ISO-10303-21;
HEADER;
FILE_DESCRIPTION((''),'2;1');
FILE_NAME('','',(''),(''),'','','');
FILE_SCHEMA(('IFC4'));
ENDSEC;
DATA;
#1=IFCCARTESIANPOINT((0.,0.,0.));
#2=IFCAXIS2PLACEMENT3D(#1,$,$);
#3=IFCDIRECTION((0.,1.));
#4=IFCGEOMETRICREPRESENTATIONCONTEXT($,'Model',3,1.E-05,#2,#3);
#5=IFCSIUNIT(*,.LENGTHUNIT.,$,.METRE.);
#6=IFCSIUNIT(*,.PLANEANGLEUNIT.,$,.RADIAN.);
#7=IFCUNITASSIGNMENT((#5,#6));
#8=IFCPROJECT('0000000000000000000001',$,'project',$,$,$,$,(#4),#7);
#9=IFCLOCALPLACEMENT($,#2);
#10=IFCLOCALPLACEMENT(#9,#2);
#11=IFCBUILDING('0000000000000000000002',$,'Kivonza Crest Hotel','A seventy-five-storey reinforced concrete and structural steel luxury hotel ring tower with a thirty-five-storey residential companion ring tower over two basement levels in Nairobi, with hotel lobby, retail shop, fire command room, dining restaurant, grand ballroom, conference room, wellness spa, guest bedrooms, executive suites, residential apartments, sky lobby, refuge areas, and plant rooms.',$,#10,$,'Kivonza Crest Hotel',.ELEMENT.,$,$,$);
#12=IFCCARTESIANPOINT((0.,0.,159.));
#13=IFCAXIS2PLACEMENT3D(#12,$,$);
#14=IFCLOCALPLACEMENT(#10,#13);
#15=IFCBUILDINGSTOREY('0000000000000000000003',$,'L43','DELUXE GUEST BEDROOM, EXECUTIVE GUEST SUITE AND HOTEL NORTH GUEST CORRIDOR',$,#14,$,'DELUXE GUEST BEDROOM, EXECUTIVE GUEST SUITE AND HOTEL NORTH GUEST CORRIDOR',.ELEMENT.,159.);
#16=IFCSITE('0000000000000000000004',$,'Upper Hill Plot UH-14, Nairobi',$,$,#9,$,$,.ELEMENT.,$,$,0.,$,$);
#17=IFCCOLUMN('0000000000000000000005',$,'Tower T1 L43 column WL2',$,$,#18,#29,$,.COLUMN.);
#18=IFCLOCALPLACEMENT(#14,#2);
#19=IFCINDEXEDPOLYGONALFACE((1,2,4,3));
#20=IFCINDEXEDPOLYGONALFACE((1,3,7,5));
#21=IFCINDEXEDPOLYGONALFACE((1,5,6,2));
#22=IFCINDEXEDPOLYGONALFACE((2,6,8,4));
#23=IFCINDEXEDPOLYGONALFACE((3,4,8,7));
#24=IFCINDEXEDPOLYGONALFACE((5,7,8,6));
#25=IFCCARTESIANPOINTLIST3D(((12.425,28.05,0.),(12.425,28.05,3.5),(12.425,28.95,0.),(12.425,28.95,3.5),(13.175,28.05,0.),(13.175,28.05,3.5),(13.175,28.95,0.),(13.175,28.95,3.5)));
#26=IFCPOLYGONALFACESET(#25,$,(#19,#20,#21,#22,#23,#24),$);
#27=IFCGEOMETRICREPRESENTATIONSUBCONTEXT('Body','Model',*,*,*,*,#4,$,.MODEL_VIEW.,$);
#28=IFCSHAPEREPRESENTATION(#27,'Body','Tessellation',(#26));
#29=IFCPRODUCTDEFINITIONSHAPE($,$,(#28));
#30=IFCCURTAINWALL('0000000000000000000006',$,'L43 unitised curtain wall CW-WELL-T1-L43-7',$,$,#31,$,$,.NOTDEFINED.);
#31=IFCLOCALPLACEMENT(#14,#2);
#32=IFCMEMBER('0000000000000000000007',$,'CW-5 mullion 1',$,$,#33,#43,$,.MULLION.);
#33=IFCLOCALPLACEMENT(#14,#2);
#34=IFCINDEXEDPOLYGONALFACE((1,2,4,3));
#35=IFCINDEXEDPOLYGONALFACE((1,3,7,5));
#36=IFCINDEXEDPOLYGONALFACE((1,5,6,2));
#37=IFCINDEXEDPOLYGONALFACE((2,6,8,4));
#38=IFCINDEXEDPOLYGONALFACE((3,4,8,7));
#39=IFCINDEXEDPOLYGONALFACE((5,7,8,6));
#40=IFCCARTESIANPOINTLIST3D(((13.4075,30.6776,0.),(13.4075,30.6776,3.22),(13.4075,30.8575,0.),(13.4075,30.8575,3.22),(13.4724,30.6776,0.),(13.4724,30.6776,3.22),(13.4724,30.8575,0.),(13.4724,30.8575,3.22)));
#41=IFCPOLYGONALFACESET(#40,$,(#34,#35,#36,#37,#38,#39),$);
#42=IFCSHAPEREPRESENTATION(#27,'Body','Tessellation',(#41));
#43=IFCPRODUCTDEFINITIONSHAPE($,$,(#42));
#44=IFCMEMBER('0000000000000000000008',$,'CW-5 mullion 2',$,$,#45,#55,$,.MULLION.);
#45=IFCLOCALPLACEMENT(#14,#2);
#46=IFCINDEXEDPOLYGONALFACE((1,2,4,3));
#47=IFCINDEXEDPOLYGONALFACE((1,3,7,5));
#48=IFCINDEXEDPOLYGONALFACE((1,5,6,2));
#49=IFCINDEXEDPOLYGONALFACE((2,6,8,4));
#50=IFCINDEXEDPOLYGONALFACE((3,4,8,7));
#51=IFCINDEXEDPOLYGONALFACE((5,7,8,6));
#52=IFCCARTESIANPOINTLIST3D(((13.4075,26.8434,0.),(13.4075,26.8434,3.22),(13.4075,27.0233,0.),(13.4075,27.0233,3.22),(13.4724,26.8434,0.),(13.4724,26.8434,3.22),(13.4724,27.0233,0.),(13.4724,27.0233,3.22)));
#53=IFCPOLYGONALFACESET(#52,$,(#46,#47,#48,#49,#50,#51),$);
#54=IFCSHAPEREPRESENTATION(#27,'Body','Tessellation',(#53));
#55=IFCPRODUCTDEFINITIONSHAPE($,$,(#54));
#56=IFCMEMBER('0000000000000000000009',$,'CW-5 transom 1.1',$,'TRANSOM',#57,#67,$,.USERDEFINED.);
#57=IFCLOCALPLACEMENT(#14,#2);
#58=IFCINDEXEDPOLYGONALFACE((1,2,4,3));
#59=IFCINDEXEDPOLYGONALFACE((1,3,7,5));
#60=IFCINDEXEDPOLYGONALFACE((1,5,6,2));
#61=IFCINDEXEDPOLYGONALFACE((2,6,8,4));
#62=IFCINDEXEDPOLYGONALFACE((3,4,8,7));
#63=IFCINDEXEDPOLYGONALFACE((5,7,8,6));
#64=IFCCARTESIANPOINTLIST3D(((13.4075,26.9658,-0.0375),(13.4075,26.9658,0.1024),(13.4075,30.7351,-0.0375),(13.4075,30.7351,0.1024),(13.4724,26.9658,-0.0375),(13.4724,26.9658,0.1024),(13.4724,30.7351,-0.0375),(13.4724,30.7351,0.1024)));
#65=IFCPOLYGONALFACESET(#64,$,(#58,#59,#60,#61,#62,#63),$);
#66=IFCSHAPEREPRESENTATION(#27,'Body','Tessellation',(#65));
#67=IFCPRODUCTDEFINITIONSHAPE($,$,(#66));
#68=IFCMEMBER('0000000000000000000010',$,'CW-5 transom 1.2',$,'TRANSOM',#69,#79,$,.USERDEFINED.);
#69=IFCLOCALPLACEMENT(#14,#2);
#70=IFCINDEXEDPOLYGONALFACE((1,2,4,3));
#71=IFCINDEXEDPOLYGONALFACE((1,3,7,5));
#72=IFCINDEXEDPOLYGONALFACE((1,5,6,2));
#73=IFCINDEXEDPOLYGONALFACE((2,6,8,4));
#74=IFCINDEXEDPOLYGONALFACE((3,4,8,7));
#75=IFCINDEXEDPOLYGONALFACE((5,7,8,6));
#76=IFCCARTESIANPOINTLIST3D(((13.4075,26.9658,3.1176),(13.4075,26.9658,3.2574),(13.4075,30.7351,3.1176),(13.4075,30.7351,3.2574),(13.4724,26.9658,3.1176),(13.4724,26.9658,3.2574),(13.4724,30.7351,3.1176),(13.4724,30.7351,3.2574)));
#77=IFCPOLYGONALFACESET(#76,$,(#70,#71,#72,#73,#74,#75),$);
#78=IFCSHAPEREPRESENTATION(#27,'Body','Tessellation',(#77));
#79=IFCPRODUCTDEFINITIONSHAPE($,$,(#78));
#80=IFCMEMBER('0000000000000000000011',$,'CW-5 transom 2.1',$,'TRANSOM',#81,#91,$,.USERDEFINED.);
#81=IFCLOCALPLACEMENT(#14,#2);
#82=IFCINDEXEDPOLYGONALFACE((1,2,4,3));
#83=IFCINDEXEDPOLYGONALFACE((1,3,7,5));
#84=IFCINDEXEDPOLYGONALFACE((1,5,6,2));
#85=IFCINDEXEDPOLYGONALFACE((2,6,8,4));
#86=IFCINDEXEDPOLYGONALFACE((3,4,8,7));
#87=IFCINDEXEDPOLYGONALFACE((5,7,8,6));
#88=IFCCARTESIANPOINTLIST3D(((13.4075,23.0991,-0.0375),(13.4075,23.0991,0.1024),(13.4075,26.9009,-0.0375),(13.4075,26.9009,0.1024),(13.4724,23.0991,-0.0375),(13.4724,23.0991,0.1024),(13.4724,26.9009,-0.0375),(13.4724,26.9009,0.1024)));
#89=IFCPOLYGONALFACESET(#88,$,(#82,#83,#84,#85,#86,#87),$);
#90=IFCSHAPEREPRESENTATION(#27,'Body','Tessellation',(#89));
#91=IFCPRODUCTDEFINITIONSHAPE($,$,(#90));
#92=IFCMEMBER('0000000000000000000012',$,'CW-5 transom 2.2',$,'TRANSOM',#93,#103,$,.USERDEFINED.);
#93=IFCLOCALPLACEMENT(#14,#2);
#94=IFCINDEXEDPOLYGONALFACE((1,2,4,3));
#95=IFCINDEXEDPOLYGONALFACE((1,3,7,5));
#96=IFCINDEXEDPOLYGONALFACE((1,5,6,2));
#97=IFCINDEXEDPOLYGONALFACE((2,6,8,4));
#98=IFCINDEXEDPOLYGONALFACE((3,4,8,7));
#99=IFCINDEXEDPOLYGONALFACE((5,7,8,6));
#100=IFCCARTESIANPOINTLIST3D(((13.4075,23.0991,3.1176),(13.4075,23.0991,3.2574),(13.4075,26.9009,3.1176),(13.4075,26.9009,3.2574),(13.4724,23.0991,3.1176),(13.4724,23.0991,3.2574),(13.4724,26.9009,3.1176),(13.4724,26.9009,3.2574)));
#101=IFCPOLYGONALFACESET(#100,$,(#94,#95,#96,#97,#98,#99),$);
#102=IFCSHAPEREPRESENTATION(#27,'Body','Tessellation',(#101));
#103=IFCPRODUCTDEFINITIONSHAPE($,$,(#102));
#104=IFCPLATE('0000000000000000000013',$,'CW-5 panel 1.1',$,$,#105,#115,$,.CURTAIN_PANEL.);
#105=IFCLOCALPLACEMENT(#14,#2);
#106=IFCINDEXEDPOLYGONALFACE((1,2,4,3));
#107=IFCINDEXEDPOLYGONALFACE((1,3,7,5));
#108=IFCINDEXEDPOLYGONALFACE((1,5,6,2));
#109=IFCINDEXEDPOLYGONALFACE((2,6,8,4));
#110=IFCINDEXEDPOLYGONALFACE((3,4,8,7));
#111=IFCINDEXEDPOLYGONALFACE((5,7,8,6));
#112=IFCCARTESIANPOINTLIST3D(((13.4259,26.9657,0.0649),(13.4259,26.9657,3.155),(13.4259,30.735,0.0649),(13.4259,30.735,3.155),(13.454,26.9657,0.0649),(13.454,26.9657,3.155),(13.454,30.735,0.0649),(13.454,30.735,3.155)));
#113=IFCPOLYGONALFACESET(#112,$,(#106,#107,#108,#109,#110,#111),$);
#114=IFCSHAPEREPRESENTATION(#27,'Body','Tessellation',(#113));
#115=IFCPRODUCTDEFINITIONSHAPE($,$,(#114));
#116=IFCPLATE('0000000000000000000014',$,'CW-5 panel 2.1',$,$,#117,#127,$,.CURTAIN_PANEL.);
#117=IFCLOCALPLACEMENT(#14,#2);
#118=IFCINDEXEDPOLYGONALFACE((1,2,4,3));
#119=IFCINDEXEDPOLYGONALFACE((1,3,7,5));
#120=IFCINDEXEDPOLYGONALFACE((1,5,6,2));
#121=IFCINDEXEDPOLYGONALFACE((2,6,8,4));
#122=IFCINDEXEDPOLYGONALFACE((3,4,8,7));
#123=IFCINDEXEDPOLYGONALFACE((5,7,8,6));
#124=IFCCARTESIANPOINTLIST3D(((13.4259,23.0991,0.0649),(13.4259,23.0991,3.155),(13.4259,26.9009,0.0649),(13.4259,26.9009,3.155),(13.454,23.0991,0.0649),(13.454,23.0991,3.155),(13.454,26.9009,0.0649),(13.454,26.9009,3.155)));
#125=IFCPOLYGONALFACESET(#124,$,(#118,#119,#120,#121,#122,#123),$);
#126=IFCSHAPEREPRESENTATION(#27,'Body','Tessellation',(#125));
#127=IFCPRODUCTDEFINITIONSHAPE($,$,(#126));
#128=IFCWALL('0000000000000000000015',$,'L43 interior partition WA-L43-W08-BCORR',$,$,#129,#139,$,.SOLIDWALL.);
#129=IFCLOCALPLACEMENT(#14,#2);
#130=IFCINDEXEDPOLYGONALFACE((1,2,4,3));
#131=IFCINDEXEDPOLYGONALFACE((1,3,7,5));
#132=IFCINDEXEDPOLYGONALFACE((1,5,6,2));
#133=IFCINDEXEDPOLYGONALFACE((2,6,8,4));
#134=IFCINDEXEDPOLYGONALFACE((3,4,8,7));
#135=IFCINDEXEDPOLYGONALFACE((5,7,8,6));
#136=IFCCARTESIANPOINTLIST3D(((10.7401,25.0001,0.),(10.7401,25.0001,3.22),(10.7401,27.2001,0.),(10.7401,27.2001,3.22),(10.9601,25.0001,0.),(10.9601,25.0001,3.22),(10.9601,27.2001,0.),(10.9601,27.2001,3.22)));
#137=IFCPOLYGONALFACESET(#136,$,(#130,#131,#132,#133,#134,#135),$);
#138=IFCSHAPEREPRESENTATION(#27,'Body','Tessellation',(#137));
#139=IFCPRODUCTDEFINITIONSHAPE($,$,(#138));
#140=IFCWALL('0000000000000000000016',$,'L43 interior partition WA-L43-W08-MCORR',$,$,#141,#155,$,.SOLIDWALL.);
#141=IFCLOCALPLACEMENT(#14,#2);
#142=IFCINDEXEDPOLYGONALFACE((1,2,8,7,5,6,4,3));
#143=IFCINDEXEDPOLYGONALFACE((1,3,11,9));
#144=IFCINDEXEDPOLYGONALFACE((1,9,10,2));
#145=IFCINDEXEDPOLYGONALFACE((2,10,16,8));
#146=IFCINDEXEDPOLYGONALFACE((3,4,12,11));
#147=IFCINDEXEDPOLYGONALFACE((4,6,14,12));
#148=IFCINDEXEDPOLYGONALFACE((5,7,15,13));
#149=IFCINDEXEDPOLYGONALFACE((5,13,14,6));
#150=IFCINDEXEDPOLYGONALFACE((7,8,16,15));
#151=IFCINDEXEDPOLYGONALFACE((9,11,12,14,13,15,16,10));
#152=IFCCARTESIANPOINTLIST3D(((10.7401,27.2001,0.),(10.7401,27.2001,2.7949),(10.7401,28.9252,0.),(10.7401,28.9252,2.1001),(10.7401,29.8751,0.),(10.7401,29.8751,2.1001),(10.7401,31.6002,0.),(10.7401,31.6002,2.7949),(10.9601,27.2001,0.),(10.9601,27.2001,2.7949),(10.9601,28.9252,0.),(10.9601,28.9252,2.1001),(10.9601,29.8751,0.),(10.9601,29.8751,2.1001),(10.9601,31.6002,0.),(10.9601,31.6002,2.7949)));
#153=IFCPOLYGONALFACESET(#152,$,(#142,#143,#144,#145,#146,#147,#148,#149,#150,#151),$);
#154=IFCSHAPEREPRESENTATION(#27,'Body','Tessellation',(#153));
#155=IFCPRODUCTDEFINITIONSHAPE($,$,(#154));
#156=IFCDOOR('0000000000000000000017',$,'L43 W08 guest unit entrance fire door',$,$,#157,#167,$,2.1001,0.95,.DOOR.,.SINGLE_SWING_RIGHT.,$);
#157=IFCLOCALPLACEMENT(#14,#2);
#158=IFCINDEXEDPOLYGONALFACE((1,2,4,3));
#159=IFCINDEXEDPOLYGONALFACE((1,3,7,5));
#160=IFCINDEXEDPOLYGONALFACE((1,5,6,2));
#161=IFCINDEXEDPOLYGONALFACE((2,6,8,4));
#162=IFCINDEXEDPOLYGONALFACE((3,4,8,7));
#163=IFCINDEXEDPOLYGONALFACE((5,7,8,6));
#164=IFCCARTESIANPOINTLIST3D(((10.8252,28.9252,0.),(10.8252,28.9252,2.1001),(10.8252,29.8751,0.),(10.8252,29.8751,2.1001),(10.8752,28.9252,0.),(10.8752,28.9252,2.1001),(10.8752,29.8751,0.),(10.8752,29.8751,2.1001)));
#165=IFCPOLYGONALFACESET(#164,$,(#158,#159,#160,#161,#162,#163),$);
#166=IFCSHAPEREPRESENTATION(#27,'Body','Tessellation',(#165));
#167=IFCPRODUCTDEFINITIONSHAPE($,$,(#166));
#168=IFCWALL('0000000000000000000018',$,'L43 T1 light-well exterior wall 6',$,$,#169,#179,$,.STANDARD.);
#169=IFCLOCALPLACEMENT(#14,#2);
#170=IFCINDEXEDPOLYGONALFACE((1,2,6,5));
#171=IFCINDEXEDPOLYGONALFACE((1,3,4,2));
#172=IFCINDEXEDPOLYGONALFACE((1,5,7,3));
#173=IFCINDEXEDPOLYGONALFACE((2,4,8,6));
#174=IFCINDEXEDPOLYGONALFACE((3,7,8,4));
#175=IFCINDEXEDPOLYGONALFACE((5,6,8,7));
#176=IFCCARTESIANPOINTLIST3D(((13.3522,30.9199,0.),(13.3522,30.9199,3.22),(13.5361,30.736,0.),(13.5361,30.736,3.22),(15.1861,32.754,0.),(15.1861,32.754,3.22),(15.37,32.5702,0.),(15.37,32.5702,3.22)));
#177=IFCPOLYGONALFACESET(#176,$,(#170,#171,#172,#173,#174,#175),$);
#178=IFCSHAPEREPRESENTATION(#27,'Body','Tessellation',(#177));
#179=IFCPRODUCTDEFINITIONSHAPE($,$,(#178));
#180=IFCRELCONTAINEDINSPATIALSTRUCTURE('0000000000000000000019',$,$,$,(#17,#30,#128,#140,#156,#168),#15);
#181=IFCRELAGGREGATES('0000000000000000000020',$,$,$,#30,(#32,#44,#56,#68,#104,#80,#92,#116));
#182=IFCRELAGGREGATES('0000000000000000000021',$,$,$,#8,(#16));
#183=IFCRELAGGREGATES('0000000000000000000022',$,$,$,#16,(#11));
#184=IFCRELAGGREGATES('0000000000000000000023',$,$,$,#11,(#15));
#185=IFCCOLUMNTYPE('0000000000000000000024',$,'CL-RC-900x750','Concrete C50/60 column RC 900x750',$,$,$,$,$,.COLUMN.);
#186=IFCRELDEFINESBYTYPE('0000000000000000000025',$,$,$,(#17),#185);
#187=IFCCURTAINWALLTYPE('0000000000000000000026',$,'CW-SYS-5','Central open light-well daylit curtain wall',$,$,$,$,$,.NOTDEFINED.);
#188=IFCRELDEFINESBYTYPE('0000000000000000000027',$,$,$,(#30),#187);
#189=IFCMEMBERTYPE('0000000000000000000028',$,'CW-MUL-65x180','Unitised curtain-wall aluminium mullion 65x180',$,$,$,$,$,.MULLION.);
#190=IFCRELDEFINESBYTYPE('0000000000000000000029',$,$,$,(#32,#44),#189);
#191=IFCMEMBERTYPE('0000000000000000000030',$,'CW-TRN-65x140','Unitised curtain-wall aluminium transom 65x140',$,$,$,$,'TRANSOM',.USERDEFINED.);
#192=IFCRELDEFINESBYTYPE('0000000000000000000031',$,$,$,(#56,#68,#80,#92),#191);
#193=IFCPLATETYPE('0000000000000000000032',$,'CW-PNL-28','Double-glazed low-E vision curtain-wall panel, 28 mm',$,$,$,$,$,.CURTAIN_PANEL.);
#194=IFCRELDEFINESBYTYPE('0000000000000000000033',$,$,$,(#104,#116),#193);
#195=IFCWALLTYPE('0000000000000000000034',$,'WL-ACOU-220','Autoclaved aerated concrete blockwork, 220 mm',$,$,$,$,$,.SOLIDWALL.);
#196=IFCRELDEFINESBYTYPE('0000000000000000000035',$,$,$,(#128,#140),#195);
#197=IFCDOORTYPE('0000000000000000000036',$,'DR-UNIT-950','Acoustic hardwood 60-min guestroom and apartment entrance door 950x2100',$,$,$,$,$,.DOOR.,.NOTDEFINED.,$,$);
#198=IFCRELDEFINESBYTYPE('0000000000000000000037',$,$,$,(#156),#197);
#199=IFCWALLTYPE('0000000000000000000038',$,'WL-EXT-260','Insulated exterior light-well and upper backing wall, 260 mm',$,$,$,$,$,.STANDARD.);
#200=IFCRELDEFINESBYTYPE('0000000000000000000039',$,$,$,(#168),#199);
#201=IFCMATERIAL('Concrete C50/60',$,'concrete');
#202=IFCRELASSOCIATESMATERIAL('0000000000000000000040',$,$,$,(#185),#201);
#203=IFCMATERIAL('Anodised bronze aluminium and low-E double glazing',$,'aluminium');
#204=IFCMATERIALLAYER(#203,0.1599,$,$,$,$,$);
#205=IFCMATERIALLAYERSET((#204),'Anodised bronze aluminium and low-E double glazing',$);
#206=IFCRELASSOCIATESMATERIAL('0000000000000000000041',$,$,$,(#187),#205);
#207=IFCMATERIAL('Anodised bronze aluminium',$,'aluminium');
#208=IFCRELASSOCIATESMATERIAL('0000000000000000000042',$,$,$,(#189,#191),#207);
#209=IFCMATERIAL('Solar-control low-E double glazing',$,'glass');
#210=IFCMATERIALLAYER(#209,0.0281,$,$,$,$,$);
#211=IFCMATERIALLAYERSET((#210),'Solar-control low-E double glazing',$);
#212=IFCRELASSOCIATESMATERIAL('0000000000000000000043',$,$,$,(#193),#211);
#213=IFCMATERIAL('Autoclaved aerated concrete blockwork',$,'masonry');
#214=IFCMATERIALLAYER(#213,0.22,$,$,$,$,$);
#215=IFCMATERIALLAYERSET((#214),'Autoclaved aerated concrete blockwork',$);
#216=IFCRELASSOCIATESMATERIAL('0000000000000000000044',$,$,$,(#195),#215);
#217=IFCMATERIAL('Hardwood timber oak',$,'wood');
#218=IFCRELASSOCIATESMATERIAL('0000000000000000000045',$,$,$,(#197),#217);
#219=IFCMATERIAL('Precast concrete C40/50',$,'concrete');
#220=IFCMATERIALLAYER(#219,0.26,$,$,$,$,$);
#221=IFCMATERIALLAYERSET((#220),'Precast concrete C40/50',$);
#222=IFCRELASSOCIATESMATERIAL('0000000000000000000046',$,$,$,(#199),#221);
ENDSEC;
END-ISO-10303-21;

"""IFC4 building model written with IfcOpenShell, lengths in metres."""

from ifc_helpers import new_model, si_unit, direction, frame, frame_2d, origin, origin_2d, place, context, subcontext, project, spatial, rectangle, extrude, material, layer, layer_set, material_profile, profile_set, type_object, element, fill, aggregate, save


model = new_model("IFC4")

# Units and contexts
model_context = context("Model", 3, precision=1e-05, world=origin(), true_north=direction((0.0, 1.0)))
body_context = subcontext(model_context, "Body", "Model", "MODEL_VIEW")
ifc_project = project(units=[si_unit("LENGTHUNIT", "METRE"), si_unit("PLANEANGLEUNIT", "RADIAN")], contexts=[model_context])

# Site, building, storey
site_placement = place(None, origin())
site = spatial("IfcSite", under=ifc_project, at=site_placement, Name="Upper Hill Plot UH-14, Nairobi", CompositionType="ELEMENT", RefElevation=0.0)
building_placement = place(site_placement, origin())
building = spatial("IfcBuilding", under=site, at=building_placement, Name="Kivonza Crest Hotel", Description="A seventy-five-storey reinforced concrete and structural steel luxury hotel ring tower with a thirty-five-storey residential companion ring tower over two basement levels in Nairobi, with hotel lobby, retail shop, fire command room, dining restaurant, grand ballroom, conference room, wellness spa, guest bedrooms, executive suites, residential apartments, sky lobby, refuge areas, and plant rooms.", LongName="Kivonza Crest Hotel", CompositionType="ELEMENT")
storey_placement = place(building_placement, frame((0.0, 0.0, 159.0)))
storey = spatial("IfcBuildingStorey", under=building, at=storey_placement, Name="L43", Description="DELUXE GUEST BEDROOM, EXECUTIVE GUEST SUITE AND HOTEL NORTH GUEST CORRIDOR", LongName="DELUXE GUEST BEDROOM, EXECUTIVE GUEST SUITE AND HOTEL NORTH GUEST CORRIDOR", CompositionType="ELEMENT", Elevation=159.0)

# Column
ifc_material_1 = material(Name="Concrete C50/60", Category="concrete")
ifc_material_profile_1 = material_profile(ifc_material_1, rectangle(XDim=0.75, YDim=0.8999, at=origin_2d()), Name="RC 900x750")
ifc_profile_set_1 = profile_set([ifc_material_profile_1], Name="Concrete C50/60")
column_type = type_object("IfcColumnType", Name="CL-RC-900x750", Description="Concrete C50/60 column RC 900x750", PredefinedType="COLUMN", material=ifc_profile_set_1)
column_placement = place(storey_placement, frame((12.8, 28.5, 0.0), z_axis=(0.0, 0.0, 1.0), x_axis=(1.0, 0.0, 0.0)))
element("IfcColumn", 1, at=column_placement, inside=storey, type_object=column_type, Name="Tower T1 L43 column WL2", PredefinedType="COLUMN", context=body_context, shape_type="SweptSolid", body=[
    extrude(rectangle(XDim=0.75, YDim=0.8999, at=origin_2d()), origin(), (0.0, 0.0, 1.0), 3.5),
])

# Curtain wall, members, plates
ifc_material_2 = material(Name="Anodised bronze aluminium and low-E double glazing", Category="aluminium")
ifc_layer_1 = layer(ifc_material_2, 0.1599)
ifc_layer_set_1 = layer_set([ifc_layer_1], Name="Anodised bronze aluminium and low-E double glazing")
curtain_wall_type = type_object("IfcCurtainWallType", Name="CW-SYS-5", Description="Central open light-well daylit curtain wall", PredefinedType="NOTDEFINED", material=ifc_layer_set_1)
curtain_wall_placement = place(storey_placement, origin())
curtain_wall = element("IfcCurtainWall", 2, at=curtain_wall_placement, inside=storey, type_object=curtain_wall_type, Name="L43 unitised curtain wall CW-WELL-T1-L43-7", PredefinedType="NOTDEFINED")
ifc_material_3 = material(Name="Anodised bronze aluminium", Category="aluminium")
ifc_material_profile_2 = material_profile(ifc_material_3, rectangle(XDim=0.0649, YDim=0.1799, at=origin_2d()), Name="CW-M 65x180")
ifc_profile_set_2 = profile_set([ifc_material_profile_2], Name="Anodised bronze aluminium")
member_type_1 = type_object("IfcMemberType", Name="CW-MUL-65x180", Description="Unitised curtain-wall aluminium mullion 65x180", PredefinedType="MULLION", material=ifc_profile_set_2)
member_1_placement = place(storey_placement, frame((13.4399, 30.7676, 0.0), z_axis=(0.0, 0.0, 1.0), x_axis=(1.0, 0.0, 0.0)))
member_1 = element("IfcMember", 3, at=member_1_placement, type_object=member_type_1, Name="CW-5 mullion 1", PredefinedType="MULLION", context=body_context, shape_type="SweptSolid", body=[
    extrude(rectangle(XDim=0.0649, YDim=0.1799, at=origin_2d()), origin(), (0.0, 0.0, 1.0), 3.22),
])
member_2_placement = place(storey_placement, frame((13.4399, 26.9333, 0.0), z_axis=(0.0, 0.0, 1.0), x_axis=(1.0, 0.0, 0.0)))
member_2 = element("IfcMember", 4, at=member_2_placement, type_object=member_type_1, Name="CW-5 mullion 2", PredefinedType="MULLION", context=body_context, shape_type="SweptSolid", body=[
    extrude(rectangle(XDim=0.0649, YDim=0.1799, at=origin_2d()), origin(), (0.0, 0.0, 1.0), 3.22),
])
ifc_material_profile_3 = material_profile(ifc_material_3, rectangle(XDim=0.0649, YDim=0.1399, at=origin_2d()), Name="CW-T 65x140")
ifc_profile_set_3 = profile_set([ifc_material_profile_3], Name="Anodised bronze aluminium")
member_type_2 = type_object("IfcMemberType", Name="CW-TRN-65x140", Description="Unitised curtain-wall aluminium transom 65x140", ElementType="TRANSOM", PredefinedType="USERDEFINED", material=ifc_profile_set_3)
member_3_placement = place(storey_placement, frame((13.4399, 30.7351, 0.0325), z_axis=(0.0, -1.0, 0.0), x_axis=(1.0, 0.0, 0.0)))
member_3 = element("IfcMember", 5, at=member_3_placement, type_object=member_type_2, Name="CW-5 transom 1.1", ObjectType="TRANSOM", PredefinedType="USERDEFINED", context=body_context, shape_type="SweptSolid", body=[
    extrude(rectangle(XDim=0.0649, YDim=0.1399, at=origin_2d()), origin(), (0.0, 0.0, 1.0), 3.7693),
])
member_4_placement = place(storey_placement, frame((13.4399, 30.7351, 3.1875), z_axis=(0.0, -1.0, 0.0), x_axis=(1.0, 0.0, 0.0)))
member_4 = element("IfcMember", 6, at=member_4_placement, type_object=member_type_2, Name="CW-5 transom 1.2", ObjectType="TRANSOM", PredefinedType="USERDEFINED", context=body_context, shape_type="SweptSolid", body=[
    extrude(rectangle(XDim=0.0649, YDim=0.1399, at=origin_2d()), origin(), (0.0, 0.0, 1.0), 3.7693),
])
member_5_placement = place(storey_placement, frame((13.4399, 26.9009, 0.0325), z_axis=(0.0, -1.0, 0.0), x_axis=(1.0, 0.0, 0.0)))
member_5 = element("IfcMember", 7, at=member_5_placement, type_object=member_type_2, Name="CW-5 transom 2.1", ObjectType="TRANSOM", PredefinedType="USERDEFINED", context=body_context, shape_type="SweptSolid", body=[
    extrude(rectangle(XDim=0.0649, YDim=0.1399, at=origin_2d()), origin(), (0.0, 0.0, 1.0), 3.8018),
])
member_6_placement = place(storey_placement, frame((13.4399, 26.9009, 3.1875), z_axis=(0.0, -1.0, 0.0), x_axis=(1.0, 0.0, 0.0)))
member_6 = element("IfcMember", 8, at=member_6_placement, type_object=member_type_2, Name="CW-5 transom 2.2", ObjectType="TRANSOM", PredefinedType="USERDEFINED", context=body_context, shape_type="SweptSolid", body=[
    extrude(rectangle(XDim=0.0649, YDim=0.1399, at=origin_2d()), origin(), (0.0, 0.0, 1.0), 3.8018),
])
ifc_material_4 = material(Name="Solar-control low-E double glazing", Category="glass")
ifc_layer_2 = layer(ifc_material_4, 0.0281)
ifc_layer_set_2 = layer_set([ifc_layer_2], Name="Solar-control low-E double glazing")
plate_type = type_object("IfcPlateType", Name="CW-PNL-28", Description="Double-glazed low-E vision curtain-wall panel, 28 mm", PredefinedType="CURTAIN_PANEL", material=ifc_layer_set_2)
plate_1_placement = place(storey_placement, frame((13.4399, 28.8503, 0.0649), z_axis=(0.0, 0.0, 1.0), x_axis=(0.0, -1.0, 0.0)))
plate_1 = element("IfcPlate", 9, at=plate_1_placement, type_object=plate_type, Name="CW-5 panel 1.1", PredefinedType="CURTAIN_PANEL", context=body_context, shape_type="SweptSolid", body=[
    extrude(rectangle(XDim=3.7693, YDim=0.0281, at=origin_2d()), origin(), (0.0, 0.0, 1.0), 3.0901),
])
plate_2_placement = place(storey_placement, frame((13.4399, 25.0, 0.0649), z_axis=(0.0, 0.0, 1.0), x_axis=(0.0, -1.0, 0.0)))
plate_2 = element("IfcPlate", 10, at=plate_2_placement, type_object=plate_type, Name="CW-5 panel 2.1", PredefinedType="CURTAIN_PANEL", context=body_context, shape_type="SweptSolid", body=[
    extrude(rectangle(XDim=3.8018, YDim=0.0281, at=origin_2d()), origin(), (0.0, 0.0, 1.0), 3.0901),
])
aggregate(curtain_wall, [member_1, member_2, member_3, member_4, plate_1, member_5, member_6, plate_2])

# Wall
ifc_material_5 = material(Name="Autoclaved aerated concrete blockwork", Category="masonry")
ifc_layer_3 = layer(ifc_material_5, 0.22)
ifc_layer_set_3 = layer_set([ifc_layer_3], Name="Autoclaved aerated concrete blockwork")
wall_type_1 = type_object("IfcWallType", Name="WL-ACOU-220", Description="Autoclaved aerated concrete blockwork, 220 mm", PredefinedType="SOLIDWALL", material=ifc_layer_set_3)
wall_1_placement = place(storey_placement, frame((10.8501, 25.0, 0.0), z_axis=(0.0, 0.0, 1.0), x_axis=(0.0, 1.0, 0.0)))
element("IfcWall", 11, at=wall_1_placement, inside=storey, type_object=wall_type_1, Name="L43 interior partition WA-L43-W08-BCORR", PredefinedType="SOLIDWALL", context=body_context, shape_type="SweptSolid", body=[
    extrude(rectangle(XDim=2.2, YDim=0.22, at=frame_2d((1.1001, 0.0))), origin(), (0.0, 0.0, 1.0), 3.22),
])

# Wall, opening, door
wall_2_placement = place(storey_placement, frame((10.8501, 27.2, 0.0), z_axis=(0.0, 0.0, 1.0), x_axis=(0.0, 1.0, 0.0)))
wall_2 = element("IfcWall", 12, at=wall_2_placement, inside=storey, type_object=wall_type_1, Name="L43 interior partition WA-L43-W08-MCORR", PredefinedType="SOLIDWALL", context=body_context, shape_type="SweptSolid", body=[
    extrude(rectangle(XDim=4.4001, YDim=0.22, at=frame_2d((2.2002, 0.0))), origin(), (0.0, 0.0, 1.0), 2.7949),
])
opening_1_placement = place(wall_2_placement, frame((1.7251, 0.0, 0.0)))
opening_1 = element("IfcOpeningElement", 13, at=opening_1_placement, cuts=wall_2, PredefinedType="OPENING", context=body_context, shape_type="SweptSolid", body=[
    extrude(rectangle(XDim=0.95, YDim=2.1001, at=frame_2d((0.4751, 1.05))), frame((0.0, 0.1201, 0.0), z_axis=(0.0, -1.0, 0.0), x_axis=(1.0, 0.0, 0.0)), (0.0, 0.0, 1.0), 0.24),
])
ifc_material_6 = material(Name="Hardwood timber oak", Category="wood")
door_type_1 = type_object("IfcDoorType", Name="DR-UNIT-950", Description="Acoustic hardwood 60-min guestroom and apartment entrance door 950x2100", OperationType="NOTDEFINED", PredefinedType="DOOR", material=ifc_material_6)
door_1_placement = place(opening_1_placement, origin())
door_1 = element("IfcDoor", 14, at=door_1_placement, inside=storey, type_object=door_type_1, Name="L43 W08 guest unit entrance fire door", OperationType="SINGLE_SWING_RIGHT", OverallHeight=2.1001, OverallWidth=0.95, PredefinedType="DOOR", context=body_context, shape_type="SweptSolid", body=[
    extrude(rectangle(XDim=0.95, YDim=2.1001, at=frame_2d((0.4751, 1.05))), frame((0.0, 0.0249, 0.0), z_axis=(0.0, -1.0, 0.0), x_axis=(1.0, 0.0, 0.0)), (0.0, 0.0, 1.0), 0.05),
])
fill(opening_1, door_1)

# Wall
ifc_material_7 = material(Name="Precast concrete C40/50", Category="concrete")
ifc_layer_4 = layer(ifc_material_7, 0.26)
ifc_layer_set_4 = layer_set([ifc_layer_4], Name="Precast concrete C40/50")
wall_type_2 = type_object("IfcWallType", Name="WL-EXT-260", Description="Insulated exterior light-well and upper backing wall, 260 mm", PredefinedType="STANDARD", material=ifc_layer_set_4)
wall_3_placement = place(storey_placement, frame((15.2781, 32.6621, 0.0), z_axis=(0.0, 0.0, 1.0), x_axis=(-0.70706, -0.707154, 0.0)))
element("IfcWall", 15, at=wall_3_placement, inside=storey, type_object=wall_type_2, Name="L43 T1 light-well exterior wall 6", PredefinedType="STANDARD", context=body_context, shape_type="SweptSolid", body=[
    extrude(rectangle(XDim=2.5938, YDim=0.26, at=frame_2d((1.2969, 0.0))), origin(), (0.0, 0.0, 1.0), 3.22),
])

save(model, "model.ifc")
